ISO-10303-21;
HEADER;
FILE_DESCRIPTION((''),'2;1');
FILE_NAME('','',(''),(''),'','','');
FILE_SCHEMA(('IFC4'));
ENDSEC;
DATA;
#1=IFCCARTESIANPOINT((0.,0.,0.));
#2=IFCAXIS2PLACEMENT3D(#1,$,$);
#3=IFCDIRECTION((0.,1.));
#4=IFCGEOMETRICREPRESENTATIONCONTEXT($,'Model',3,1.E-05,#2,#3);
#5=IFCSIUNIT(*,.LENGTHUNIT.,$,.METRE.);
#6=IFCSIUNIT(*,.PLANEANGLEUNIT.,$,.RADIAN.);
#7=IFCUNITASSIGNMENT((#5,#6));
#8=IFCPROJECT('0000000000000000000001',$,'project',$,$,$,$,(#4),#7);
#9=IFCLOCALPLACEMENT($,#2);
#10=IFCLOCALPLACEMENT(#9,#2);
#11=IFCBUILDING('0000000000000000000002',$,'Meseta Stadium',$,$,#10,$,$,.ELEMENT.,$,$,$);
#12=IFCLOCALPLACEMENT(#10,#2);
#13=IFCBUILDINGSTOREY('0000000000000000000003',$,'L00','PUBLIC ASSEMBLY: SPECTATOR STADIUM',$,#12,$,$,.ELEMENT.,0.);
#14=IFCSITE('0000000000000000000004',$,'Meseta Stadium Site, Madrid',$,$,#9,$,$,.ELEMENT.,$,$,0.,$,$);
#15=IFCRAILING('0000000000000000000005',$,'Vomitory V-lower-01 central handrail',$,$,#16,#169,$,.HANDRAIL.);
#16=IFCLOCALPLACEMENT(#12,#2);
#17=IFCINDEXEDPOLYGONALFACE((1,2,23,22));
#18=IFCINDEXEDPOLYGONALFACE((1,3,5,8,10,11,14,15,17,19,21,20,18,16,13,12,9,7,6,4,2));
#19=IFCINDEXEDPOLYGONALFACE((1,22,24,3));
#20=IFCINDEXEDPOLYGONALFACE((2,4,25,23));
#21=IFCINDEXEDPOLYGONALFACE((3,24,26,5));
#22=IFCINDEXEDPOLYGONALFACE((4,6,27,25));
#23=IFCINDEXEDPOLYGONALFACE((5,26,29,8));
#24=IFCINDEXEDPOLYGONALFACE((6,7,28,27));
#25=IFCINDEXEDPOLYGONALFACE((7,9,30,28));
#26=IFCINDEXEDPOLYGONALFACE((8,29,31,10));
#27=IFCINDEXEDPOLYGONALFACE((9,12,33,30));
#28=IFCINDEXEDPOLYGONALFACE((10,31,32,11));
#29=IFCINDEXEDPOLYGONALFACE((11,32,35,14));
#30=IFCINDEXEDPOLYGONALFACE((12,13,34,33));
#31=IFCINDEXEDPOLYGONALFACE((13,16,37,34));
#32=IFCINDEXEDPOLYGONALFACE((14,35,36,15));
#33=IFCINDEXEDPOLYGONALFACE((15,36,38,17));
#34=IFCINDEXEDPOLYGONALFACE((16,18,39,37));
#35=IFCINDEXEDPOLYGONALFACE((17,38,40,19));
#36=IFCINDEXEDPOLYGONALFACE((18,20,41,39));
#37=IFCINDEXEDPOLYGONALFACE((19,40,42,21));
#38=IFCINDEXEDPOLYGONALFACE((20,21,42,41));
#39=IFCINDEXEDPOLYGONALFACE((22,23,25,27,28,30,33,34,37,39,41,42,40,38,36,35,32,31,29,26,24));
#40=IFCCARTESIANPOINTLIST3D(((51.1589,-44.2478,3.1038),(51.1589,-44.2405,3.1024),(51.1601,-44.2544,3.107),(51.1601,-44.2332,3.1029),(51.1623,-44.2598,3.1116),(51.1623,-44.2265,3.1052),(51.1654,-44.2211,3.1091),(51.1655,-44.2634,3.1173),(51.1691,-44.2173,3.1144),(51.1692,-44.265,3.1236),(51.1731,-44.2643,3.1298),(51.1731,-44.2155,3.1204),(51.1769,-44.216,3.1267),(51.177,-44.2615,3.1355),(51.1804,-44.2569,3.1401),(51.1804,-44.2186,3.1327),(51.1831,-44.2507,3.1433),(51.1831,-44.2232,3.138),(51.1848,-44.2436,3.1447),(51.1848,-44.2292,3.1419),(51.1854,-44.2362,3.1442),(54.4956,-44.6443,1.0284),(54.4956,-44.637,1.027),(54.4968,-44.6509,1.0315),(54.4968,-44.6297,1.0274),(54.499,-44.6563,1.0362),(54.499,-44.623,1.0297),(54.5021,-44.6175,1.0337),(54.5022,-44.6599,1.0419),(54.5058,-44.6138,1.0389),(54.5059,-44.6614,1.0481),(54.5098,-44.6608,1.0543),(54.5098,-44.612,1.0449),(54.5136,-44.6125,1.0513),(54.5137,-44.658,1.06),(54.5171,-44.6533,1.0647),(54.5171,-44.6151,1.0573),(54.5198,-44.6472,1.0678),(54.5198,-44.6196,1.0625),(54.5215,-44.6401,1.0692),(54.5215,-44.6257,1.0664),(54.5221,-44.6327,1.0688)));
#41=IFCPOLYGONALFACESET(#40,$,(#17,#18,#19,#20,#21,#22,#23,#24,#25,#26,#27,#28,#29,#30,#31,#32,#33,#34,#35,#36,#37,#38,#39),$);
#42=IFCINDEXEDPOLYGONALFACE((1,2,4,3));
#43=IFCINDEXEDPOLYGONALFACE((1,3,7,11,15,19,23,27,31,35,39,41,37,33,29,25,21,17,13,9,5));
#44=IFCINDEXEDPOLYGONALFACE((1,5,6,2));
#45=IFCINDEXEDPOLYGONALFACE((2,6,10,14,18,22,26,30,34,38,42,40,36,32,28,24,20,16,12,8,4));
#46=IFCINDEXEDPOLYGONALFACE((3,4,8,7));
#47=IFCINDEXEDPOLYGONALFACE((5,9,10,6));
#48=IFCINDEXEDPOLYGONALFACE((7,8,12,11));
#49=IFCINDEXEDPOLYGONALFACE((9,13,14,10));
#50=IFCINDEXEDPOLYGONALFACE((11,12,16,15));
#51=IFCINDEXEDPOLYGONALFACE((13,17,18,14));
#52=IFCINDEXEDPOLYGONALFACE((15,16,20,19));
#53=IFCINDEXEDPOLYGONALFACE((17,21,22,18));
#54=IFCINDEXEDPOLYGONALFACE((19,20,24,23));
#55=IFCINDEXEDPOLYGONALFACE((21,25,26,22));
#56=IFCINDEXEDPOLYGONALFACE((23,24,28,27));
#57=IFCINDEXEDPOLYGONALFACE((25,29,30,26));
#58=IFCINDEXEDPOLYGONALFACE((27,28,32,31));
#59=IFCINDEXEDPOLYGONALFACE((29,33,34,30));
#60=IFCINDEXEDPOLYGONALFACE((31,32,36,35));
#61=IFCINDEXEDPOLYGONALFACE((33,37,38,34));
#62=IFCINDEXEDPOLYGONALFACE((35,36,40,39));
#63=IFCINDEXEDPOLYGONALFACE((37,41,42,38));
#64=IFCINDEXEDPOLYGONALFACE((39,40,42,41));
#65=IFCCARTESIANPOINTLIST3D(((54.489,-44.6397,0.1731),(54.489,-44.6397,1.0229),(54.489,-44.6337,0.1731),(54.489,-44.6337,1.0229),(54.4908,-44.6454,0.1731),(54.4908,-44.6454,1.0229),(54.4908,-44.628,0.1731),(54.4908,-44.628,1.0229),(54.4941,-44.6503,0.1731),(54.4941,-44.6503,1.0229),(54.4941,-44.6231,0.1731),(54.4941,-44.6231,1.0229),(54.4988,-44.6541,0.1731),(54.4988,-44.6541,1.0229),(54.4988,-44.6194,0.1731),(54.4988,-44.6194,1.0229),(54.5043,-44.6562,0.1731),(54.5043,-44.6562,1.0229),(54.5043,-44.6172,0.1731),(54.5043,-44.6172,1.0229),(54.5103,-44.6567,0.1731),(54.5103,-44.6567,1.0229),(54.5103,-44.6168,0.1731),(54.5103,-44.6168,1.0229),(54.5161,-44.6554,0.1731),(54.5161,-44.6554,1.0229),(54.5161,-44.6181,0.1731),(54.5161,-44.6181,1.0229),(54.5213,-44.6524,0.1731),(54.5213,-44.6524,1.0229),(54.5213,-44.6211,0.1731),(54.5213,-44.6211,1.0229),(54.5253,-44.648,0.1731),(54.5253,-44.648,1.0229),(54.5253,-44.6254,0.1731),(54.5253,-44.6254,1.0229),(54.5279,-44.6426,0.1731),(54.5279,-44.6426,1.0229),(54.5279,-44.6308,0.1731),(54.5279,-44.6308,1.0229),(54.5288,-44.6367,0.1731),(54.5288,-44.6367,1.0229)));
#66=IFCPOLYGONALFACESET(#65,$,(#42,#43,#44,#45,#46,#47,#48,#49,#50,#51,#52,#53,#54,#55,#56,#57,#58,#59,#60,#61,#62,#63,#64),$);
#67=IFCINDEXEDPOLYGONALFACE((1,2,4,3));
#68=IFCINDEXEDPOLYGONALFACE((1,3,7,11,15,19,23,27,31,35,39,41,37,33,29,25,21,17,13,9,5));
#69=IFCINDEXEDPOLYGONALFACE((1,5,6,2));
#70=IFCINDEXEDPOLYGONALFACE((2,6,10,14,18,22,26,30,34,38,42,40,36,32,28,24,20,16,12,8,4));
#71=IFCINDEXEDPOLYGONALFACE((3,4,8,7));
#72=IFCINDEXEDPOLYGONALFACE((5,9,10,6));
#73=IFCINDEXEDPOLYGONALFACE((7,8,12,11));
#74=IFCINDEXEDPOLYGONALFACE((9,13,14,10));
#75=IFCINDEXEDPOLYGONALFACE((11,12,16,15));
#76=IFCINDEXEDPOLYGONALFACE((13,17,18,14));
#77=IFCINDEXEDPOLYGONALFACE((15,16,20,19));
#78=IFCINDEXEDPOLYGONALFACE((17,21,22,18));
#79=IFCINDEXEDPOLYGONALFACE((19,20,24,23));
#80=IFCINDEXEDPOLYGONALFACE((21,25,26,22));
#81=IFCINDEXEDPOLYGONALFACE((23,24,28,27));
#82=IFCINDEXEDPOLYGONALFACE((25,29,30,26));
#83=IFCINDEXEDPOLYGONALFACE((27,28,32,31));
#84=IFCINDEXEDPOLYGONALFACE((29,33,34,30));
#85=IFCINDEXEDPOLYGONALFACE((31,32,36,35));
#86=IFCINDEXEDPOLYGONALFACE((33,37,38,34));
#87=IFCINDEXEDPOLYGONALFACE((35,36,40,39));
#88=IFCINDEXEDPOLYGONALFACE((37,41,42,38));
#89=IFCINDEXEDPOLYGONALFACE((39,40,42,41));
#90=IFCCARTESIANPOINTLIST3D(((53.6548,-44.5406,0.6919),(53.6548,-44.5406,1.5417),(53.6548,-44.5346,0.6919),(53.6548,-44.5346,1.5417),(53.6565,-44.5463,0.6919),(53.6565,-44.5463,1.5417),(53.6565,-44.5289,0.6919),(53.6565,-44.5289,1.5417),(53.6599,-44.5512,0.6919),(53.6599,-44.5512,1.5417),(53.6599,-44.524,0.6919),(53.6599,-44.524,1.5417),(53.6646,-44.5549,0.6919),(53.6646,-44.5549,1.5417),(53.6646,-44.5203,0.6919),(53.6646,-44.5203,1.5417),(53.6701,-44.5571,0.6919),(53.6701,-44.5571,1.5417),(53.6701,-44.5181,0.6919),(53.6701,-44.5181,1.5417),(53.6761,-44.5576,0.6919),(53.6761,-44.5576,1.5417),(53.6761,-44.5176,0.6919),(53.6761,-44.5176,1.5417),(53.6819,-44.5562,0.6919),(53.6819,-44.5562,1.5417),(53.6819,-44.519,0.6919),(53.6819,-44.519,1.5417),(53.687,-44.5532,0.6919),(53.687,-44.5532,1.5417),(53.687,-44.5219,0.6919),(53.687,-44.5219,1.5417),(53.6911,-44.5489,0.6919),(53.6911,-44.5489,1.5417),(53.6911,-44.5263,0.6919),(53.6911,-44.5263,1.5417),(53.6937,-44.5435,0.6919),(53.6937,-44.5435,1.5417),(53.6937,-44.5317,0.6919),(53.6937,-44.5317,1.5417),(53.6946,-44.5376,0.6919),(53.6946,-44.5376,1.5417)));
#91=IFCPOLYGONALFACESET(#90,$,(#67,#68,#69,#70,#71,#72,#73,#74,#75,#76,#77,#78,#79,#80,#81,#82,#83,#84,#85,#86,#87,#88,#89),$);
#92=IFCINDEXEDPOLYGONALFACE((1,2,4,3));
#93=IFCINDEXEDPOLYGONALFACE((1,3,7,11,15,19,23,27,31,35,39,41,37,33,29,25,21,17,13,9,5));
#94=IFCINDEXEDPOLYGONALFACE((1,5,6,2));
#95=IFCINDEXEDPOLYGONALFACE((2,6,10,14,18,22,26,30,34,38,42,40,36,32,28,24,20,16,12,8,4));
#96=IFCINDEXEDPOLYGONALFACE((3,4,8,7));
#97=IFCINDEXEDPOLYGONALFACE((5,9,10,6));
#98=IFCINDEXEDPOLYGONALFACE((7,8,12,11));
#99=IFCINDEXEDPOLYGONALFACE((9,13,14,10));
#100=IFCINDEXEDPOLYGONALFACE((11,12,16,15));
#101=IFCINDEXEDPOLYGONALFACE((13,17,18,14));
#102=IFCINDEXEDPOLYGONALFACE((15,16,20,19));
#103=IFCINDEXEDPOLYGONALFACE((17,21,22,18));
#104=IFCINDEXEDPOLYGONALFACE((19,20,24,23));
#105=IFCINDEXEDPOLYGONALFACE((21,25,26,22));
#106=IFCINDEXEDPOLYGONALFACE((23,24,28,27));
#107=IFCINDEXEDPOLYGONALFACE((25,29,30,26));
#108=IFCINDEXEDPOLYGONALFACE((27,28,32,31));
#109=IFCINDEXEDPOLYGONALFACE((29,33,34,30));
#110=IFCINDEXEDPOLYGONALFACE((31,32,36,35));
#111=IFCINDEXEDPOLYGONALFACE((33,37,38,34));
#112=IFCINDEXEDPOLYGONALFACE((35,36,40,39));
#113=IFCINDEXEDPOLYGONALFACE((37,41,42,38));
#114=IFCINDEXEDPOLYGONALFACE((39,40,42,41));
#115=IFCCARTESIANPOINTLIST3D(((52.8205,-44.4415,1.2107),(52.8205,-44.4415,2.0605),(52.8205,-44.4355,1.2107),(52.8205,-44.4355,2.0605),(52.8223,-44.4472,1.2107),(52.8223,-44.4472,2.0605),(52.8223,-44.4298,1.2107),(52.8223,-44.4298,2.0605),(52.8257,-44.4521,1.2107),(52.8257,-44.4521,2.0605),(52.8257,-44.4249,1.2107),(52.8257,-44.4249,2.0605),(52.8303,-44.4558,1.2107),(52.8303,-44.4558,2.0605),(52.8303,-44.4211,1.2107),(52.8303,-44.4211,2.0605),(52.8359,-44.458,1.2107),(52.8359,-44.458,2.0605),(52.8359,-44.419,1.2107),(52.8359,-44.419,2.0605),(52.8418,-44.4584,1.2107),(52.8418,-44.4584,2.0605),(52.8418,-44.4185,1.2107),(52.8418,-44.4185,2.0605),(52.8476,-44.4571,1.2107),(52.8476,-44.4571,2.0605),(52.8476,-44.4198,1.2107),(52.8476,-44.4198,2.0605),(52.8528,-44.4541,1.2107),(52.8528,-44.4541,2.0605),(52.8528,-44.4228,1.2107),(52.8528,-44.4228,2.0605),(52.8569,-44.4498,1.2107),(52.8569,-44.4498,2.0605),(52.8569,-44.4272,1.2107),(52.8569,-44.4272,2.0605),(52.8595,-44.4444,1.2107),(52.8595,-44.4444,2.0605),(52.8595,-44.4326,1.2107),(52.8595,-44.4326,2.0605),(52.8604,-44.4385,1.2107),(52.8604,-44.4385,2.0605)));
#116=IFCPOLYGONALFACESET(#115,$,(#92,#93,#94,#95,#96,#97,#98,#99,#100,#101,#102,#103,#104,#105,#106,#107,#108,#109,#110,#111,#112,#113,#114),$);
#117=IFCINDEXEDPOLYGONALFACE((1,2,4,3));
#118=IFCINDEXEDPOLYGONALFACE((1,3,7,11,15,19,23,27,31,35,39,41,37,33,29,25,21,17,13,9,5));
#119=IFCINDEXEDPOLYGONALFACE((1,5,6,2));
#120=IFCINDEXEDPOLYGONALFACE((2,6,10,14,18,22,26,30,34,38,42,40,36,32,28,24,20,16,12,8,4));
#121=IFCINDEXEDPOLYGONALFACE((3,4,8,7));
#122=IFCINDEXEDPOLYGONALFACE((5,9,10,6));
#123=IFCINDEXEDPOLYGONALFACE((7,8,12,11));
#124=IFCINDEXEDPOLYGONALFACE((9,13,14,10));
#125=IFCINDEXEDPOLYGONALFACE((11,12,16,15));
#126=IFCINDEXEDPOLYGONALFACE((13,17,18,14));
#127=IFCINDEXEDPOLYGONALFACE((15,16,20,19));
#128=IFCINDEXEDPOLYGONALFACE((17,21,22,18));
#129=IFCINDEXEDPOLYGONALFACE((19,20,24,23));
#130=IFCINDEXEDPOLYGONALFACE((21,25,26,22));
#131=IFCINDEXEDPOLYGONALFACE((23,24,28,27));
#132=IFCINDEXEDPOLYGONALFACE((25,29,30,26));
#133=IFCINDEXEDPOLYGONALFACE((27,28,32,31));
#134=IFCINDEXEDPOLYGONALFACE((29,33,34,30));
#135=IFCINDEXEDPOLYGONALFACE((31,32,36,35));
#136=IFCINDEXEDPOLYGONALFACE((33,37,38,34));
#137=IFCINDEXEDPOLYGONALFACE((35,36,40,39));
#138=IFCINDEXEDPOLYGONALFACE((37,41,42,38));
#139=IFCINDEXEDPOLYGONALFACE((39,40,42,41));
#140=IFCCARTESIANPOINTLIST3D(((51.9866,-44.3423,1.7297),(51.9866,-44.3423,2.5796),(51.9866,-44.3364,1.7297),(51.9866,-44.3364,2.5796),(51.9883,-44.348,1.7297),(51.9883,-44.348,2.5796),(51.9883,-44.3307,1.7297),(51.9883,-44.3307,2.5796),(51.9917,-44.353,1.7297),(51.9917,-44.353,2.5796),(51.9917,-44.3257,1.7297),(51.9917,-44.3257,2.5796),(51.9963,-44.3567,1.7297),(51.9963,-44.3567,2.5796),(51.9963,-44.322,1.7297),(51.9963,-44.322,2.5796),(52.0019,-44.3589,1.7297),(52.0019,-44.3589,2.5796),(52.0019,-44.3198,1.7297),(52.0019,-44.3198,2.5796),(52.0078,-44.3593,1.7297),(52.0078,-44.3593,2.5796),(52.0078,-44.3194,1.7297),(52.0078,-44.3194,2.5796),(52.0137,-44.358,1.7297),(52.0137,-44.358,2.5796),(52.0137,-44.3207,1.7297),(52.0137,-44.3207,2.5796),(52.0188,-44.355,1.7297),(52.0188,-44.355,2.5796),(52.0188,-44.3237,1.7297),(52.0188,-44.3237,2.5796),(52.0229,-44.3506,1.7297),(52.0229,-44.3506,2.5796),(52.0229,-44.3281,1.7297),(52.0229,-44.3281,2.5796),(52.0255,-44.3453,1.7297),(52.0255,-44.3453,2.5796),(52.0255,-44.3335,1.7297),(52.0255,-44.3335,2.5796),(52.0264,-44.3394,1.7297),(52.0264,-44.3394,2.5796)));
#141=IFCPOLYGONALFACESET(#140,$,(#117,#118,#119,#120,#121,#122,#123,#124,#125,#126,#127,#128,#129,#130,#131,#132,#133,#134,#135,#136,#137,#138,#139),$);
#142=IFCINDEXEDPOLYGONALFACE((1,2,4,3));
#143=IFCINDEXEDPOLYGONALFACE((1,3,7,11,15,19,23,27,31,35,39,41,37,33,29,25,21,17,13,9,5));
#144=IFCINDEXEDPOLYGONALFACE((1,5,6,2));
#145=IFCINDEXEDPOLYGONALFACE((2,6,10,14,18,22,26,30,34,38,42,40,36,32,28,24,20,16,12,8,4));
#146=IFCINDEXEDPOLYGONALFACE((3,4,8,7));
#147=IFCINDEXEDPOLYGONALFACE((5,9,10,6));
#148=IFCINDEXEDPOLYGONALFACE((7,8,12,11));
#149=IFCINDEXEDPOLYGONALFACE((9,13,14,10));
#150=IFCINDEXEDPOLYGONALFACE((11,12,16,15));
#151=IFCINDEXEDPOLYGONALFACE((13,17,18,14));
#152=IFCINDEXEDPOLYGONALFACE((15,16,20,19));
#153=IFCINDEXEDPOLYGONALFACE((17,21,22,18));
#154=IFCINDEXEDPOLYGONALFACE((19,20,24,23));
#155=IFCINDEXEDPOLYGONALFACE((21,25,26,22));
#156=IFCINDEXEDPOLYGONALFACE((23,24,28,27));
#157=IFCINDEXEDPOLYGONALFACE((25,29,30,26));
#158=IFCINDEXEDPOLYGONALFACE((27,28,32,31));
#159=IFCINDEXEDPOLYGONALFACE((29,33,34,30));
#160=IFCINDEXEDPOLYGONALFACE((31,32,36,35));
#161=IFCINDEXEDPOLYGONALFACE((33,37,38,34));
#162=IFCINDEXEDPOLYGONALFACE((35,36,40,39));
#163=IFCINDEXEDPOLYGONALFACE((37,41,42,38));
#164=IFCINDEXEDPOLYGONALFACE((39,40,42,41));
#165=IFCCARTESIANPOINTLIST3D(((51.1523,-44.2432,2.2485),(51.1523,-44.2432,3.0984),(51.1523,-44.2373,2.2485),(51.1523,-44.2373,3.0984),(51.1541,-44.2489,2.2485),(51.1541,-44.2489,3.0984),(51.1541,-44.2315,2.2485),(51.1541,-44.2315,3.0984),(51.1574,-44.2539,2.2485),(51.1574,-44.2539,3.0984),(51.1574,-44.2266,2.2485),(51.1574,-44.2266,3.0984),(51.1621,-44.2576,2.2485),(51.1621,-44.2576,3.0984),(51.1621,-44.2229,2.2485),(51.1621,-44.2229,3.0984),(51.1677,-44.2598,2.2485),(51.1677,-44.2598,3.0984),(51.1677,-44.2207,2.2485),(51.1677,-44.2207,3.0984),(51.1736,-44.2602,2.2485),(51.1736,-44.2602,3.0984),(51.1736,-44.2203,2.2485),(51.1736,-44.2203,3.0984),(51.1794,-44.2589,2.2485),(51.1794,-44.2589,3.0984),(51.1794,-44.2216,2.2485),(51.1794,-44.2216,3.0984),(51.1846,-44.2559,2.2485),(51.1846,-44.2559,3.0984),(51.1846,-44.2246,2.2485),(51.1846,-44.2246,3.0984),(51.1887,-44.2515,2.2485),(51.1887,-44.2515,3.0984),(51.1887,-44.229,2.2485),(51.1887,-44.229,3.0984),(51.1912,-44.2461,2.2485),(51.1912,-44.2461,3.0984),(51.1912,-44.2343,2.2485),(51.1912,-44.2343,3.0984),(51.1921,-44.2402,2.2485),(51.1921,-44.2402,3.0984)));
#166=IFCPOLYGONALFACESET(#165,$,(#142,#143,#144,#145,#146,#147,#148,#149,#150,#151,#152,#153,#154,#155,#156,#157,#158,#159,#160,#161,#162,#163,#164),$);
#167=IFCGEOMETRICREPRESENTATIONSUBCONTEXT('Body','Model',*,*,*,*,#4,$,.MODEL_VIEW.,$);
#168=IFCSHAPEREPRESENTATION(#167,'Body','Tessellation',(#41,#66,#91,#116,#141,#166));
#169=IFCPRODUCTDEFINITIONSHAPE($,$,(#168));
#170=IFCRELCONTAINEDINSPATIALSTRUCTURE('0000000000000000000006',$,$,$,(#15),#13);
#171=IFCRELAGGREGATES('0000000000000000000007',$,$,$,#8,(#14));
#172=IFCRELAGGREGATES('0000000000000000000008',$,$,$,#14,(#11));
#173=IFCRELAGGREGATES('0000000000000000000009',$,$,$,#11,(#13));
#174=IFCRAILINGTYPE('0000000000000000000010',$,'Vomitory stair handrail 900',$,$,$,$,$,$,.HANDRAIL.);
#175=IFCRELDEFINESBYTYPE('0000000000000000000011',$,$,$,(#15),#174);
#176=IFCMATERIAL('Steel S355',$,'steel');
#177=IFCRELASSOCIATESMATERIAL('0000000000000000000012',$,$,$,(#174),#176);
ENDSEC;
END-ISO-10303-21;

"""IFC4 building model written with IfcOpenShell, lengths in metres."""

from ifc_helpers import new_model, si_unit, direction, frame, origin, origin_2d, place, context, subcontext, project, spatial, circle, extrude, material, type_object, element, save


model = new_model("IFC4")

# Units and contexts
model_context = context("Model", 3, precision=1e-05, world=origin(), true_north=direction((0.0, 1.0)))
body_context = subcontext(model_context, "Body", "Model", "MODEL_VIEW")
ifc_project = project(units=[si_unit("LENGTHUNIT", "METRE"), si_unit("PLANEANGLEUNIT", "RADIAN")], contexts=[model_context])

# Site, building, storey
site_placement = place(None, origin())
site = spatial("IfcSite", under=ifc_project, at=site_placement, Name="Meseta Stadium Site, Madrid", CompositionType="ELEMENT", RefElevation=0.0)
building_placement = place(site_placement, origin())
building = spatial("IfcBuilding", under=site, at=building_placement, Name="Meseta Stadium", CompositionType="ELEMENT")
storey_placement = place(building_placement, origin())
storey = spatial("IfcBuildingStorey", under=building, at=storey_placement, Name="L00", Description="PUBLIC ASSEMBLY: SPECTATOR STADIUM", CompositionType="ELEMENT", Elevation=0.0)

# Railing
ifc_material_1 = material(Name="Steel S355", Category="steel")
railing_type_1 = type_object("IfcRailingType", Name="Vomitory stair handrail 900", PredefinedType="HANDRAIL", material=ifc_material_1)
railing_1_placement = place(storey_placement, frame((54.5088, -44.6367, 0.1731)))
element("IfcRailing", 1, at=railing_1_placement, inside=storey, type_object=railing_type_1, Name="Vomitory V-lower-01 central handrail", PredefinedType="HANDRAIL", context=body_context, shape_type="SweptSolid", body=[
    extrude(circle(Radius=0.0249, at=origin_2d()), frame((0.0, 0.0, 0.875), z_axis=(-0.844848, 0.10039, 0.525503), x_axis=(-0.117996, -0.993014, 0.0)), (0.0, 0.0, 1.0), 3.9495),
    extrude(circle(Radius=0.02, at=origin_2d()), origin(), (0.0, 0.0, 1.0), 0.8499),
    extrude(circle(Radius=0.02, at=origin_2d()), frame((-0.8342, 0.0991, 0.5188)), (0.0, 0.0, 1.0), 0.8499),
    extrude(circle(Radius=0.02, at=origin_2d()), frame((-1.6685, 0.1982, 1.0376)), (0.0, 0.0, 1.0), 0.8499),
    extrude(circle(Radius=0.02, at=origin_2d()), frame((-2.5024, 0.2974, 1.5566)), (0.0, 0.0, 1.0), 0.8499),
    extrude(circle(Radius=0.02, at=origin_2d()), frame((-3.3367, 0.3965, 2.0754)), (0.0, 0.0, 1.0), 0.8499),
])

save(model, "model.ifc")
